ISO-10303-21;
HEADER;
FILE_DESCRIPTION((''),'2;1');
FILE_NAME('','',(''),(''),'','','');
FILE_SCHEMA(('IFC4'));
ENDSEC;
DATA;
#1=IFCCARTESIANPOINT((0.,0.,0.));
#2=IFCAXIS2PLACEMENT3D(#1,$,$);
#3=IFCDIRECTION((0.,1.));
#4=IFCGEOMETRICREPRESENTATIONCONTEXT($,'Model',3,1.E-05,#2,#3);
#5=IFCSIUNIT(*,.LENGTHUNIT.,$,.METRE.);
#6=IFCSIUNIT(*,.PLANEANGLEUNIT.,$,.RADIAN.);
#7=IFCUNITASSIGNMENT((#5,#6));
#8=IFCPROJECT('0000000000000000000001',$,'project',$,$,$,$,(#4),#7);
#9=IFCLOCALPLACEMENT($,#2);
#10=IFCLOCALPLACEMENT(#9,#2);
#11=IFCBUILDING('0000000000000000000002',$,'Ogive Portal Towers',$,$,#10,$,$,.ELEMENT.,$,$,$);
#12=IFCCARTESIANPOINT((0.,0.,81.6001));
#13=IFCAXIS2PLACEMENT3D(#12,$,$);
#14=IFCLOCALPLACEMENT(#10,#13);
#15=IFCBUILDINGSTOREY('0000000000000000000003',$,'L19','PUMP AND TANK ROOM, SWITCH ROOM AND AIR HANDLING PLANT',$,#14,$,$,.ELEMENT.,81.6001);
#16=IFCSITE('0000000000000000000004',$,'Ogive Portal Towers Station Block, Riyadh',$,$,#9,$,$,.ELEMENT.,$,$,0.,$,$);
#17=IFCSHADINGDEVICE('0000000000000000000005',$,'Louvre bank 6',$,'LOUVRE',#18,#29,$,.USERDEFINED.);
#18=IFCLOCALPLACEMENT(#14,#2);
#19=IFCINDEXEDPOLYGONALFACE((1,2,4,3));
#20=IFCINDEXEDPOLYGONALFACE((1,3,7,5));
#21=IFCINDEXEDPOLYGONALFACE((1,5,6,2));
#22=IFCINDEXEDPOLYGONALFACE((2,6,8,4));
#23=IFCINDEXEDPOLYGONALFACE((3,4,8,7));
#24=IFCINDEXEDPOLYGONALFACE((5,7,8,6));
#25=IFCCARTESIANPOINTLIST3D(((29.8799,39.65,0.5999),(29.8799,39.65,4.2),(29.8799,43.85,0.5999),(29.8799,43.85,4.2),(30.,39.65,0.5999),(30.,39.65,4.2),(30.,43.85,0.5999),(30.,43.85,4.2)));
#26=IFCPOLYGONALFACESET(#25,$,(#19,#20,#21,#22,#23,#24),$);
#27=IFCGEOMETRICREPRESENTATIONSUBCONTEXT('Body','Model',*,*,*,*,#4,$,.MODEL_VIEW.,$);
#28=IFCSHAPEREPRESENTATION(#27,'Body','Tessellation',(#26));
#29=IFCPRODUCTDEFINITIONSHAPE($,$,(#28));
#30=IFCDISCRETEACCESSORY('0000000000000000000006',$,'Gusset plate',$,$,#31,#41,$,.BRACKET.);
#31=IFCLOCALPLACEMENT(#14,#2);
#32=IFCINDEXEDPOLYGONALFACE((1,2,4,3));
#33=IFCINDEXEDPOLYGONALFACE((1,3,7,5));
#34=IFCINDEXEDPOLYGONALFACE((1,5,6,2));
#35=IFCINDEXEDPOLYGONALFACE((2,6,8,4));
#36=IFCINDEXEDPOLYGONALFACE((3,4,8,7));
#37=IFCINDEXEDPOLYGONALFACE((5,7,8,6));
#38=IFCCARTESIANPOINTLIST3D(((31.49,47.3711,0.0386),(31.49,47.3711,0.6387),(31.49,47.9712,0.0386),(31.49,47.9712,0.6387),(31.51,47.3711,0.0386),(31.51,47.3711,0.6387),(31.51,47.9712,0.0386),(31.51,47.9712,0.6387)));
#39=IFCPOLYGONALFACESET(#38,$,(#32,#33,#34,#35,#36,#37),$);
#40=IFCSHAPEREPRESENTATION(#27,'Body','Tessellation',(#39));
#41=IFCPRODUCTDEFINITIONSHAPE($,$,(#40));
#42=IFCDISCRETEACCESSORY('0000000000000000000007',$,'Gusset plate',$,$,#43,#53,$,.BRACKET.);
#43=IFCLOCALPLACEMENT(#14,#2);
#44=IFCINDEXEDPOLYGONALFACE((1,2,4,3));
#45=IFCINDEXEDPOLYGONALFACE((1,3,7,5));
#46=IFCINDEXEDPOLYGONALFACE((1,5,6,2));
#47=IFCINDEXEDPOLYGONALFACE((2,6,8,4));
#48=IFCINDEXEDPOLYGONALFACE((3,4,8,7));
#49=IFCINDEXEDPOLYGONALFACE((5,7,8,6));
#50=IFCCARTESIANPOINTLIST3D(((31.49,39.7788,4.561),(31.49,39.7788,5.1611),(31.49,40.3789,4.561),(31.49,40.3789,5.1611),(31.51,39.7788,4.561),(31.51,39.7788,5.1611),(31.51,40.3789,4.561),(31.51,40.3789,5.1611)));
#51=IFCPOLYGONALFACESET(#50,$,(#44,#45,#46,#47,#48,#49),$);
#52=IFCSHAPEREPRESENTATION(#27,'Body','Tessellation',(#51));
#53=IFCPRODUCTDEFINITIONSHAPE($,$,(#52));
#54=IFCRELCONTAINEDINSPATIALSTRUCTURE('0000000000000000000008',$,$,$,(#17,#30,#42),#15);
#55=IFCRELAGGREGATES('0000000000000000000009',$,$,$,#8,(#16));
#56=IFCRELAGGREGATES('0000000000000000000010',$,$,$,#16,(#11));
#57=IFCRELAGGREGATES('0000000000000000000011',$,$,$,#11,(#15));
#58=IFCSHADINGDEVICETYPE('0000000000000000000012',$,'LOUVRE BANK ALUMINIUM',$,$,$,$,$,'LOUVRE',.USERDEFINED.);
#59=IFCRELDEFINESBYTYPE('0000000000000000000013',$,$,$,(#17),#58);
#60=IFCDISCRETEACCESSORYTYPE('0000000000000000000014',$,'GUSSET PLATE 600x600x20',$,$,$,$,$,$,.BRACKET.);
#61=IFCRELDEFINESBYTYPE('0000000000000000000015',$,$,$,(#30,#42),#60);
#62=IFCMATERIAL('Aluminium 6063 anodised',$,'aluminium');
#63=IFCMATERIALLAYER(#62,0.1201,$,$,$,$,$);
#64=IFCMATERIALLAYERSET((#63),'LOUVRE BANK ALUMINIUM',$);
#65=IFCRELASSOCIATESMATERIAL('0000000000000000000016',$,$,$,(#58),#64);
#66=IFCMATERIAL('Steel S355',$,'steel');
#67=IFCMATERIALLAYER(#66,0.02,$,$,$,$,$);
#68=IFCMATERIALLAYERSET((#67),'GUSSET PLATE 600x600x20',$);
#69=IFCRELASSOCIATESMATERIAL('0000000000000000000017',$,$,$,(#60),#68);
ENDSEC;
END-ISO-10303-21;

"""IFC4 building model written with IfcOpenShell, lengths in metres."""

from ifc_helpers import new_model, si_unit, direction, frame, origin, origin_2d, place, context, subcontext, project, spatial, rectangle, extrude, material, layer, layer_set, type_object, element, save


model = new_model("IFC4")

# Units and contexts
model_context = context("Model", 3, precision=1e-05, world=origin(), true_north=direction((0.0, 1.0)))
body_context = subcontext(model_context, "Body", "Model", "MODEL_VIEW")
ifc_project = project(units=[si_unit("LENGTHUNIT", "METRE"), si_unit("PLANEANGLEUNIT", "RADIAN")], contexts=[model_context])

# Site, building, storey
site_placement = place(None, origin())
site = spatial("IfcSite", under=ifc_project, at=site_placement, Name="Ogive Portal Towers Station Block, Riyadh", CompositionType="ELEMENT", RefElevation=0.0)
building_placement = place(site_placement, origin())
building = spatial("IfcBuilding", under=site, at=building_placement, Name="Ogive Portal Towers", CompositionType="ELEMENT")
storey_placement = place(building_placement, frame((0.0, 0.0, 81.6001)))
storey = spatial("IfcBuildingStorey", under=building, at=storey_placement, Name="L19", Description="PUMP AND TANK ROOM, SWITCH ROOM AND AIR HANDLING PLANT", CompositionType="ELEMENT", Elevation=81.6001)

# Shading device
ifc_material_1 = material(Name="Aluminium 6063 anodised", Category="aluminium")
ifc_layer_1 = layer(ifc_material_1, 0.1201)
ifc_layer_set_1 = layer_set([ifc_layer_1], Name="LOUVRE BANK ALUMINIUM")
shading_device_type = type_object("IfcShadingDeviceType", Name="LOUVRE BANK ALUMINIUM", ElementType="LOUVRE", PredefinedType="USERDEFINED", material=ifc_layer_set_1)
for number, where, z_axis, x_axis, name in (
    (1, (29.9399, 41.75, 0.5999), (0.0, 0.0, 1.0), (0.0, -1.0, 0.0), "Louvre bank 6"),
):
    element("IfcShadingDevice", number, at=place(storey_placement, frame(where, z_axis=z_axis, x_axis=x_axis)), inside=storey, type_object=shading_device_type, Name=name, ObjectType="LOUVRE", PredefinedType="USERDEFINED", context=body_context, shape_type="SweptSolid", body=[
        extrude(rectangle(XDim=4.2, YDim=0.1201, at=origin_2d()), origin(), (0.0, 0.0, 1.0), 3.6001),
    ])

# Discrete accessories
ifc_material_2 = material(Name="Steel S355", Category="steel")
ifc_layer_2 = layer(ifc_material_2, 0.02)
ifc_layer_set_2 = layer_set([ifc_layer_2], Name="GUSSET PLATE 600x600x20")
discrete_accessory_type = type_object("IfcDiscreteAccessoryType", Name="GUSSET PLATE 600x600x20", PredefinedType="BRACKET", material=ifc_layer_set_2)
for number, where, z_axis, x_axis, name in (
    (2, (31.5, 47.6711, 0.0386), (0.0, 0.0, 1.0), (0.0, -1.0, 0.0), "Gusset plate"),
    (3, (31.5, 40.0789, 4.561), (0.0, 0.0, 1.0), (0.0, -1.0, 0.0), "Gusset plate"),
):
    element("IfcDiscreteAccessory", number, at=place(storey_placement, frame(where, z_axis=z_axis, x_axis=x_axis)), inside=storey, type_object=discrete_accessory_type, Name=name, PredefinedType="BRACKET", context=body_context, shape_type="SweptSolid", body=[
        extrude(rectangle(XDim=0.6001, YDim=0.02, at=origin_2d()), origin(), (0.0, 0.0, 1.0), 0.6001),
    ])

save(model, "model.ifc")
